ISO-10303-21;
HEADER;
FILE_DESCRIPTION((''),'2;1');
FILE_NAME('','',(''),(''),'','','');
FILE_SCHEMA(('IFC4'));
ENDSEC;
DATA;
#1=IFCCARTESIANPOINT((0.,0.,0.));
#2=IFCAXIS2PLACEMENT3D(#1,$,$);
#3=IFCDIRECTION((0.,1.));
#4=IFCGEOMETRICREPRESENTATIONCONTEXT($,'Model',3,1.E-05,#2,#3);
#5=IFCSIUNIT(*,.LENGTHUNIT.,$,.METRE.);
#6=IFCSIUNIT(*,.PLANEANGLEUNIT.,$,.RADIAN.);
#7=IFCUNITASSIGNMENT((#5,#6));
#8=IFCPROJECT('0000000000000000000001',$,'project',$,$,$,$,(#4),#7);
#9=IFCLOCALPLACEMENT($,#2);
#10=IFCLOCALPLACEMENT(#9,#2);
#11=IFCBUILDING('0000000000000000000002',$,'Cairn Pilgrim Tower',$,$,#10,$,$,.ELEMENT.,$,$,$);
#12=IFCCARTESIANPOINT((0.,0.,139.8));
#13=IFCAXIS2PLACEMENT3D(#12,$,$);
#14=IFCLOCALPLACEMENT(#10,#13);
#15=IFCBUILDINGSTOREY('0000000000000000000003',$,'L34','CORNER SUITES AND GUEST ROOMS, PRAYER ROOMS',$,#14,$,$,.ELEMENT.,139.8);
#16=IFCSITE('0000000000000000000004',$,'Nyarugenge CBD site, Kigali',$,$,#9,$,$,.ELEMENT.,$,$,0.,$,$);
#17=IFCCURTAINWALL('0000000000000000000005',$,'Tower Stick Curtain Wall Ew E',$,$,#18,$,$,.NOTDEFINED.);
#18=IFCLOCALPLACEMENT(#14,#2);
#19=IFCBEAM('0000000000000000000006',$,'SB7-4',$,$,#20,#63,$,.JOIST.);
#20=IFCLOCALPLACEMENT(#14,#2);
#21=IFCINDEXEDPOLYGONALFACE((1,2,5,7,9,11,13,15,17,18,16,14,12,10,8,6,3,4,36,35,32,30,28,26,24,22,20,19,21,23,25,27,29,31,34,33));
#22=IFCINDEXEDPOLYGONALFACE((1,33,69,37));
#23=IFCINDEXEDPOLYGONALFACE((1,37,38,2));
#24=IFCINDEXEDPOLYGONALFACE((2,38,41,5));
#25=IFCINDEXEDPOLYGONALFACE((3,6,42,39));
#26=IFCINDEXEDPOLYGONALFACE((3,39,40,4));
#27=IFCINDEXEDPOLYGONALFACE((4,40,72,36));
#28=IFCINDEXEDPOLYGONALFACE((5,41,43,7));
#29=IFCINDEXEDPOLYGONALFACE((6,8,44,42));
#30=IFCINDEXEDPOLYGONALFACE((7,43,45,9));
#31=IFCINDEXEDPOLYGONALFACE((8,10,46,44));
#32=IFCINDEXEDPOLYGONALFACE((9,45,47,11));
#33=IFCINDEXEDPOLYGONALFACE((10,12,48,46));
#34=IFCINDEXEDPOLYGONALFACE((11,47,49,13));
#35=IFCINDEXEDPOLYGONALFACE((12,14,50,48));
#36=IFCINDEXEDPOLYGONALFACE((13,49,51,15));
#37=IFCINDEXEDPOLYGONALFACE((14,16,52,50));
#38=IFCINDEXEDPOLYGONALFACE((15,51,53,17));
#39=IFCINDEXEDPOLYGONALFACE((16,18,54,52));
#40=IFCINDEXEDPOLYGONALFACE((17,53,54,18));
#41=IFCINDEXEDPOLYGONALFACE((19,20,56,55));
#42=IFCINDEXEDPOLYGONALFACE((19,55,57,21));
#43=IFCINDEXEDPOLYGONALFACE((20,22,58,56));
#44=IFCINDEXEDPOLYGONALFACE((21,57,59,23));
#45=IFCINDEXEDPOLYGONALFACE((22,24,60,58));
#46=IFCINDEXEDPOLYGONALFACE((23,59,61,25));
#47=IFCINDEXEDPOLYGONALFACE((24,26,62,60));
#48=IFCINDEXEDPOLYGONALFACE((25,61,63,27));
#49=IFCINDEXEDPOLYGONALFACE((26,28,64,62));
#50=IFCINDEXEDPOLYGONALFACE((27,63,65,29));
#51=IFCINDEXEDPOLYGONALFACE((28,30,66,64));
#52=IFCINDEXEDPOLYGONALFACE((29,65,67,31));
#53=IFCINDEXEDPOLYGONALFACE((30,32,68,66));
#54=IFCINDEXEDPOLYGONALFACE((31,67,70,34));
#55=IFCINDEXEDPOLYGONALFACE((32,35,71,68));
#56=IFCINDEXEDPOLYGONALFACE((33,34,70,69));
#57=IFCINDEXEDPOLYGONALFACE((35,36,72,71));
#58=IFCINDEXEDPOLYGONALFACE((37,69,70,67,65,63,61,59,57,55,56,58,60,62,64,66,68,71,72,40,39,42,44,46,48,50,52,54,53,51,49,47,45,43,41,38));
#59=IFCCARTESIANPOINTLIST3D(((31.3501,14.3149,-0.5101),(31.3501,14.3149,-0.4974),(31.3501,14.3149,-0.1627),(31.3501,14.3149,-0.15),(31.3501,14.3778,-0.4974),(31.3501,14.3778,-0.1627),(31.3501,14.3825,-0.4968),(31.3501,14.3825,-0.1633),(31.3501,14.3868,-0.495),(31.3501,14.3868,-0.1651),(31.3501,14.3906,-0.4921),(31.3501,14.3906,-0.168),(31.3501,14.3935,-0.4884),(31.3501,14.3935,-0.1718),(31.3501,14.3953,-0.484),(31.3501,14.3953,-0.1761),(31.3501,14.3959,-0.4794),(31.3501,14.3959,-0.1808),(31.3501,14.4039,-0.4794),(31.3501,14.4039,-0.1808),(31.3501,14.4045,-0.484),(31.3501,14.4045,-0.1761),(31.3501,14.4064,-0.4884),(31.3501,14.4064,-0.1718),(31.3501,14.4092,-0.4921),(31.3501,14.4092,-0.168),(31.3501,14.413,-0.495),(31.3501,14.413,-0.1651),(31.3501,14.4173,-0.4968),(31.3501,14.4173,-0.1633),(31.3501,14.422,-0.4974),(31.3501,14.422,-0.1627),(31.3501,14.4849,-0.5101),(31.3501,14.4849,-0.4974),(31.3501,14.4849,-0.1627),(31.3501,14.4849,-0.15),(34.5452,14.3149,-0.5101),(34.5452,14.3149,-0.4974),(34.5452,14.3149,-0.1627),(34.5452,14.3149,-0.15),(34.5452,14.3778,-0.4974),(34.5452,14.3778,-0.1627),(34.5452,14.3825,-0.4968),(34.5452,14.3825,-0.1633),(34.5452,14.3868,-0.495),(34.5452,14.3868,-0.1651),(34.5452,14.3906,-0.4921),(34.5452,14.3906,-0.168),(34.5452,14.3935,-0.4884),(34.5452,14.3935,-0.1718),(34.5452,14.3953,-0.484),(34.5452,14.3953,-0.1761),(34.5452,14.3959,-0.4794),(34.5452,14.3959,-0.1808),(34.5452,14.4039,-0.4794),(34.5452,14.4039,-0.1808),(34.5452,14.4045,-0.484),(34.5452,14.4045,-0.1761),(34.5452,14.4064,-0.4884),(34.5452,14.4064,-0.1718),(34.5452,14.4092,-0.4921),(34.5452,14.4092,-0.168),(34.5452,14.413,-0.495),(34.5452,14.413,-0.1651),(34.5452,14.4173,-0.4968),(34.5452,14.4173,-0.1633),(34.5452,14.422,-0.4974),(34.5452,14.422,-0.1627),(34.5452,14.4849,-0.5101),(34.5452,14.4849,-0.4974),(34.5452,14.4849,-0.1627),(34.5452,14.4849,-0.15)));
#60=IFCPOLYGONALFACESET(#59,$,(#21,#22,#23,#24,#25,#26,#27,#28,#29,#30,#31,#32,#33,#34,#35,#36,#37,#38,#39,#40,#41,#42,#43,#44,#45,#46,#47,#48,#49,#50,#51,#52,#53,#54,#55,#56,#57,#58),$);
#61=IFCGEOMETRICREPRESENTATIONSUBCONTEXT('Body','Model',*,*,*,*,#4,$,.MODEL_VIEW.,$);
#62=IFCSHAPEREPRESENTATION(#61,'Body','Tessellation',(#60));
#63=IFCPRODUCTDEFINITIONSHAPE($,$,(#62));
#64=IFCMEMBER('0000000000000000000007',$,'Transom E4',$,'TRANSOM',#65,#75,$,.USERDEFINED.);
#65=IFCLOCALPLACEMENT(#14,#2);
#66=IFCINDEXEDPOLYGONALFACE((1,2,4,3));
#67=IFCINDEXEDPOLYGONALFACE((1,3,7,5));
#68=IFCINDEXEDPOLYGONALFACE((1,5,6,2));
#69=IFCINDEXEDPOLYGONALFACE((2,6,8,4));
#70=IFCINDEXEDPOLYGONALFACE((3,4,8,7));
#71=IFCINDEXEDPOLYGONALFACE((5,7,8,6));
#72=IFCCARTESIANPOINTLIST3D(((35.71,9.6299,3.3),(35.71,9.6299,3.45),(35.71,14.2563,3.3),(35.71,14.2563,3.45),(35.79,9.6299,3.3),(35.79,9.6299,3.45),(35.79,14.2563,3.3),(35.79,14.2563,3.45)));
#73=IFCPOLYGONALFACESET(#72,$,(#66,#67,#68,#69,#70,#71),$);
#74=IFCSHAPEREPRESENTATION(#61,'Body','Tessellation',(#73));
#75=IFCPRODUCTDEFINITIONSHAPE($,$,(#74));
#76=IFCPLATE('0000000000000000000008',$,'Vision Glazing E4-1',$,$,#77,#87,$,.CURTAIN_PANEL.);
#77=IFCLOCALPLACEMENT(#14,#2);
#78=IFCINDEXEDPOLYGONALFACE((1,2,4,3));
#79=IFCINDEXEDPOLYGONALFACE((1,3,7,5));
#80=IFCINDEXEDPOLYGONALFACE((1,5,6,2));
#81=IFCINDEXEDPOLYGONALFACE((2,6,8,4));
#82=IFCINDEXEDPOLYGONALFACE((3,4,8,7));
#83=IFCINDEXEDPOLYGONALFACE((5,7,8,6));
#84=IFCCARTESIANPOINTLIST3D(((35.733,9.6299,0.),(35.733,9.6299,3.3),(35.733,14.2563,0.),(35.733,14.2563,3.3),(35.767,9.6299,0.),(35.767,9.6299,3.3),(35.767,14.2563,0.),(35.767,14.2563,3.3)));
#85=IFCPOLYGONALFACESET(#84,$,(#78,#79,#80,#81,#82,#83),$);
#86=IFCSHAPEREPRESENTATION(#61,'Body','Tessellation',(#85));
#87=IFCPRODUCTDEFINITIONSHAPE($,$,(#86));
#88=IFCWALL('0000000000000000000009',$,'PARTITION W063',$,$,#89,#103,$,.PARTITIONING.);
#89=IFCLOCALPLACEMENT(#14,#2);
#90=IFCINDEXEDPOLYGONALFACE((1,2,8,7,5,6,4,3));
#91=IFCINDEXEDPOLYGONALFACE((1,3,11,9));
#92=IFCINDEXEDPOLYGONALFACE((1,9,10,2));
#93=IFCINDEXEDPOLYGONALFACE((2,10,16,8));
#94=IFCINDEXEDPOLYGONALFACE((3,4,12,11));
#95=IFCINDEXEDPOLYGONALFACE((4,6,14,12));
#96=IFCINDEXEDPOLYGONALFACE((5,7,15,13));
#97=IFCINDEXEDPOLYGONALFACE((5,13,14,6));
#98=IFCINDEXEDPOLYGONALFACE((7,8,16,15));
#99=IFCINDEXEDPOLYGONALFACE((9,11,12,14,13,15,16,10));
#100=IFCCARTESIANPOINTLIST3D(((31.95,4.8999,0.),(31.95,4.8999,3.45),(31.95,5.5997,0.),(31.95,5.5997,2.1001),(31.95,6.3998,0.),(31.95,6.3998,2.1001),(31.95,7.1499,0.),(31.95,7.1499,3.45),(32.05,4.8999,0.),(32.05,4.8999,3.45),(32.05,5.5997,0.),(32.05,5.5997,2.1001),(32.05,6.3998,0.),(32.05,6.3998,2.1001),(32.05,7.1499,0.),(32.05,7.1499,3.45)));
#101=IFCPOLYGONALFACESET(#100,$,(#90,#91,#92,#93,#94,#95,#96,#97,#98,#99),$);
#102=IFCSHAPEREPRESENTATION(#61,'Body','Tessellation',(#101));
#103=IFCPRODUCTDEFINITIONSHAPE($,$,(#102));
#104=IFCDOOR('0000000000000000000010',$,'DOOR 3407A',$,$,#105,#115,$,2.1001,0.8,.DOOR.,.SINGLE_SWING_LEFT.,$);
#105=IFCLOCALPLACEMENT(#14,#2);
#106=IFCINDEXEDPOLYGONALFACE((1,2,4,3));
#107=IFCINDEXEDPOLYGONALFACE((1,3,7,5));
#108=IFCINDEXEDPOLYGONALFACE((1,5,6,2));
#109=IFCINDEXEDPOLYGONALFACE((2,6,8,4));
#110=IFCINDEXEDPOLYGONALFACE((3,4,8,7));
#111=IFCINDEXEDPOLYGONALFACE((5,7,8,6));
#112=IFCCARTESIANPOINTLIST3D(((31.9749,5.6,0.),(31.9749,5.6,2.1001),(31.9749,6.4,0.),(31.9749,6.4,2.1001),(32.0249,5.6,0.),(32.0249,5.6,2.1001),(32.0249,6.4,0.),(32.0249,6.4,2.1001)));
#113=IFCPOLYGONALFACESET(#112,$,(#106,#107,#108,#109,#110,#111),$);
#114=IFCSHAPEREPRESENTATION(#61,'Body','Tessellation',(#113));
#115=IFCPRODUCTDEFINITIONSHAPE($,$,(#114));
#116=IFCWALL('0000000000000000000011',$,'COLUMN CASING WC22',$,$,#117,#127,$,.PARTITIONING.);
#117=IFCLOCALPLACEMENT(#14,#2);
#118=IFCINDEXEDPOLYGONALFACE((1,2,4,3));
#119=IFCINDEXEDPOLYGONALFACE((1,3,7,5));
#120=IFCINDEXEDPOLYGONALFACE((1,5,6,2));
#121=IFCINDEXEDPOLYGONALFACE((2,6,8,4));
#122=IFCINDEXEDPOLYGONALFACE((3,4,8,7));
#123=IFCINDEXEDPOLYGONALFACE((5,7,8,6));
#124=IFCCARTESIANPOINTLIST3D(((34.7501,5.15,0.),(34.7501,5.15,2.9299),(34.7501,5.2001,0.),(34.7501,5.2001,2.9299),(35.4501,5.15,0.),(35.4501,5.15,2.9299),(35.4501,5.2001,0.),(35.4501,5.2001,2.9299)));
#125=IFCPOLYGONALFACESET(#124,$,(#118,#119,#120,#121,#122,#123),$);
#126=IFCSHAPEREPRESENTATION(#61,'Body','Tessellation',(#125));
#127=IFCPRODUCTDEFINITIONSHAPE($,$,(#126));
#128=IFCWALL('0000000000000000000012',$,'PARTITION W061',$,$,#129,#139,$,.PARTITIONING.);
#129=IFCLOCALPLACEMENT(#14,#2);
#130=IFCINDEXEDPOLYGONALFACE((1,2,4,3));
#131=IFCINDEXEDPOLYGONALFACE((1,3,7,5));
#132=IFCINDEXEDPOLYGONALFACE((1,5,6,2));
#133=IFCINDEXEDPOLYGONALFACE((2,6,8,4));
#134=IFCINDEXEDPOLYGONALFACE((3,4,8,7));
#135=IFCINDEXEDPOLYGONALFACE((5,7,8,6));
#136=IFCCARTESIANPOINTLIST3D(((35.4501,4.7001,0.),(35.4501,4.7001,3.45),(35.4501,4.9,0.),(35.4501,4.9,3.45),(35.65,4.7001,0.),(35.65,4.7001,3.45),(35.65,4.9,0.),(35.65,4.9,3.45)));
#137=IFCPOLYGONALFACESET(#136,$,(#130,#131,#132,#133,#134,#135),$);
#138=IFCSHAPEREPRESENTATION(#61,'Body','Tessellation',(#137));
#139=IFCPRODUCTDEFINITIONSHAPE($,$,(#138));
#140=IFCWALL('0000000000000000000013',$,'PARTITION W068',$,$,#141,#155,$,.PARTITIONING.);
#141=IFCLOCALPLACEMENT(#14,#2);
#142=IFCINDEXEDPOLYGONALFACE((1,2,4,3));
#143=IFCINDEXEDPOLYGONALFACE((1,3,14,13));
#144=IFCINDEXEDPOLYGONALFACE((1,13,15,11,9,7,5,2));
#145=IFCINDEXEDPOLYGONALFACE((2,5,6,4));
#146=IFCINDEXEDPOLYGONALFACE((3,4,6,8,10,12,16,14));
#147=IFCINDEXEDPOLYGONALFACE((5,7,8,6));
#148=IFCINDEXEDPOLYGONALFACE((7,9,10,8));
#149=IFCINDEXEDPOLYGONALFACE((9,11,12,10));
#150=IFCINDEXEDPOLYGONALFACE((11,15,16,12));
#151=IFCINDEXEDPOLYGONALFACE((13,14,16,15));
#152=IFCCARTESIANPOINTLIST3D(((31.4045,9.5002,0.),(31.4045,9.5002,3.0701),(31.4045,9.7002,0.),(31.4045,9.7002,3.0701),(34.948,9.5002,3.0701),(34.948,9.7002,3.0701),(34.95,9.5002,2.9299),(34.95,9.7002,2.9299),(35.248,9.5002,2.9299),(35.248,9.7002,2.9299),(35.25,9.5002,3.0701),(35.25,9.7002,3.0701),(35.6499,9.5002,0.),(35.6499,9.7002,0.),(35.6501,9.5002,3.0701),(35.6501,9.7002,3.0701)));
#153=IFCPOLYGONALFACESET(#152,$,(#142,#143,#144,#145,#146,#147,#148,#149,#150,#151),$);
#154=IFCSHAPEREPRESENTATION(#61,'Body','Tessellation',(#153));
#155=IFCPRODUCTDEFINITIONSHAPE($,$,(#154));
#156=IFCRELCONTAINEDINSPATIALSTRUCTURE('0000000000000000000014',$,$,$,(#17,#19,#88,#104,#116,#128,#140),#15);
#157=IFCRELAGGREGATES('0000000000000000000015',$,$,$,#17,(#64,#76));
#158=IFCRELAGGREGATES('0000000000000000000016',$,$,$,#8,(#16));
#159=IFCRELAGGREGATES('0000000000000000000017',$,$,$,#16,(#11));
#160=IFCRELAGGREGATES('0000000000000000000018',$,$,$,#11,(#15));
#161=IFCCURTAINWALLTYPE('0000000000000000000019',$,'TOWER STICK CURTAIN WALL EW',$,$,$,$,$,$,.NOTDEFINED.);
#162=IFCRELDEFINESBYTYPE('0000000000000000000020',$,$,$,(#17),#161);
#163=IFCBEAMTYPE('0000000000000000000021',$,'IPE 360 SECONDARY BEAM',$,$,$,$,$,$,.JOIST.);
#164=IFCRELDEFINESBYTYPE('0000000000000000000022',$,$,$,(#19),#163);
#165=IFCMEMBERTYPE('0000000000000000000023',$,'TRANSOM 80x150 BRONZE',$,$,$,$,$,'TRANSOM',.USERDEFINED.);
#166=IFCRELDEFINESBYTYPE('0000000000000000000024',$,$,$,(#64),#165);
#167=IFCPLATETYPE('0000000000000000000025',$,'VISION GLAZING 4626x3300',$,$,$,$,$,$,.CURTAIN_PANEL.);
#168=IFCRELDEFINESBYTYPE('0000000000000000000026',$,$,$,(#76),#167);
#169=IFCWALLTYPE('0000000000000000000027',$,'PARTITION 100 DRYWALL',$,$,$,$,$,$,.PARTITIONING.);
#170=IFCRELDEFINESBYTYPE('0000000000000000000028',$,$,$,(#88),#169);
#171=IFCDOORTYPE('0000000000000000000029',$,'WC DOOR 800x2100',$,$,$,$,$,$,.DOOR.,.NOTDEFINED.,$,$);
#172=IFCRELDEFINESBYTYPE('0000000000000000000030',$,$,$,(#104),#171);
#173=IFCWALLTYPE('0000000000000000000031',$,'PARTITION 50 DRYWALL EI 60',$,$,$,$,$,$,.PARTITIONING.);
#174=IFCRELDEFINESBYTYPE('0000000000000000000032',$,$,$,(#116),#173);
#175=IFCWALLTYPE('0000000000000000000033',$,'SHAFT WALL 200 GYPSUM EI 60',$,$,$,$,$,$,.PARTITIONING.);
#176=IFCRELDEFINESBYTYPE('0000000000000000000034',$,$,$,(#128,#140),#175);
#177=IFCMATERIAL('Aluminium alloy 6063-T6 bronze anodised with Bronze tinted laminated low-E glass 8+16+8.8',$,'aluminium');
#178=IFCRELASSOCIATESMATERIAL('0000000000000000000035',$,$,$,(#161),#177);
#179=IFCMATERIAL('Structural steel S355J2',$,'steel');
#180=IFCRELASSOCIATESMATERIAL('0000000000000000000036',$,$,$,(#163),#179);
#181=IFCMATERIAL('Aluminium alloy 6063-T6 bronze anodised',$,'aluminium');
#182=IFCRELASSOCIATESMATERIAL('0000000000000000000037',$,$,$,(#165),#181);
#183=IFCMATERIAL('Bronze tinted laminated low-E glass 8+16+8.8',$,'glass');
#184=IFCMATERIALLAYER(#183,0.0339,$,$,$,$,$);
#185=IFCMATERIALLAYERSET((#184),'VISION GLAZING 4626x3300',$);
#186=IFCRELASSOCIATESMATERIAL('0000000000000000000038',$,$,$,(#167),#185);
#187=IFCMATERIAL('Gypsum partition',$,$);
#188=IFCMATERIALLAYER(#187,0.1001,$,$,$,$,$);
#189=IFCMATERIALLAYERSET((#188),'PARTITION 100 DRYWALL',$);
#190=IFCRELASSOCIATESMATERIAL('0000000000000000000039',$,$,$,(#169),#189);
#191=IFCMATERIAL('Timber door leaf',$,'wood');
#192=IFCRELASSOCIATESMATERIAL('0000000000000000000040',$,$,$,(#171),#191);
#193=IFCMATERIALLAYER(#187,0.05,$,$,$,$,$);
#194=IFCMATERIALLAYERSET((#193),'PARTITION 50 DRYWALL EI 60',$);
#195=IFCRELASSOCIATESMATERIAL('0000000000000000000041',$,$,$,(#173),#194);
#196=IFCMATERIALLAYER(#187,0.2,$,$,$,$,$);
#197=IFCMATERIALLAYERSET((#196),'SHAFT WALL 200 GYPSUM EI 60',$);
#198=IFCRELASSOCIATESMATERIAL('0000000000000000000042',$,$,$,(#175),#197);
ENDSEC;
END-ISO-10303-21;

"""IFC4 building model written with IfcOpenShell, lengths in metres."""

from ifc_helpers import new_model, si_unit, direction, frame, frame_2d, origin, origin_2d, place, context, subcontext, project, spatial, polyline, rectangle, i_section, outline, extrude, material, layer, layer_set, material_profile, profile_set, type_object, element, fill, aggregate, save


model = new_model("IFC4")

# Units and contexts
model_context = context("Model", 3, precision=1e-05, world=origin(), true_north=direction((0.0, 1.0)))
body_context = subcontext(model_context, "Body", "Model", "MODEL_VIEW")
ifc_project = project(units=[si_unit("LENGTHUNIT", "METRE"), si_unit("PLANEANGLEUNIT", "RADIAN")], contexts=[model_context])

# Site, building, storey
site_placement = place(None, origin())
site = spatial("IfcSite", under=ifc_project, at=site_placement, Name="Nyarugenge CBD site, Kigali", CompositionType="ELEMENT", RefElevation=0.0)
building_placement = place(site_placement, origin())
building = spatial("IfcBuilding", under=site, at=building_placement, Name="Cairn Pilgrim Tower", CompositionType="ELEMENT")
storey_placement = place(building_placement, frame((0.0, 0.0, 139.8)))
storey = spatial("IfcBuildingStorey", under=building, at=storey_placement, Name="L34", Description="CORNER SUITES AND GUEST ROOMS, PRAYER ROOMS", CompositionType="ELEMENT", Elevation=139.8)

# Curtain wall
ifc_material_1 = material(Name="Aluminium alloy 6063-T6 bronze anodised with Bronze tinted laminated low-E glass 8+16+8.8", Category="aluminium")
curtain_wall_type_1 = type_object("IfcCurtainWallType", Name="TOWER STICK CURTAIN WALL EW", PredefinedType="NOTDEFINED", material=ifc_material_1)
curtain_wall_1_placement = place(storey_placement, origin())
curtain_wall_1 = element("IfcCurtainWall", 1, at=curtain_wall_1_placement, inside=storey, type_object=curtain_wall_type_1, Name="Tower Stick Curtain Wall Ew E", PredefinedType="NOTDEFINED")
ifc_material_2 = material(Name="Aluminium alloy 6063-T6 bronze anodised", Category="aluminium")

# Beam
ifc_material_3 = material(Name="Structural steel S355J2", Category="steel")
ifc_material_profile_1 = material_profile(ifc_material_3, i_section(OverallWidth=0.1699, OverallDepth=0.3601, WebThickness=0.0081, FlangeThickness=0.0127, FilletRadius=0.0181, at=origin_2d()), Name="IPE 360")
ifc_profile_set_1 = profile_set([ifc_material_profile_1], Name="Structural steel S355J2")
beam_type_1 = type_object("IfcBeamType", Name="IPE 360 SECONDARY BEAM", PredefinedType="JOIST", material=ifc_profile_set_1)
beam_1_placement = place(storey_placement, frame((31.3501, 14.3999, -0.3301), z_axis=(1.0, 0.0, 0.0), x_axis=(0.0, 1.0, 0.0)))
element("IfcBeam", 2, at=beam_1_placement, inside=storey, type_object=beam_type_1, Name="SB7-4", PredefinedType="JOIST", context=body_context, shape_type="SweptSolid", body=[
    extrude(i_section(OverallWidth=0.1699, OverallDepth=0.3601, WebThickness=0.0081, FlangeThickness=0.0127, FilletRadius=0.0181, at=origin_2d()), origin(), (0.0, 0.0, 1.0), 3.1951),
])

# Member
ifc_material_profile_2 = material_profile(ifc_material_2, rectangle(XDim=0.0801, YDim=0.1499, at=origin_2d()), Name="TRANSOM 80x150 BRONZE")
ifc_profile_set_2 = profile_set([ifc_material_profile_2], Name="Aluminium alloy 6063-T6 bronze anodised")
member_type_1 = type_object("IfcMemberType", Name="TRANSOM 80x150 BRONZE", ElementType="TRANSOM", PredefinedType="USERDEFINED", material=ifc_profile_set_2)
member_1_placement = place(storey_placement, frame((35.75, 9.6299, 3.375), z_axis=(0.0, 1.0, 0.0), x_axis=(-1.0, 0.0, 0.0)))
member_1 = element("IfcMember", 3, at=member_1_placement, type_object=member_type_1, Name="Transom E4", ObjectType="TRANSOM", PredefinedType="USERDEFINED", context=body_context, shape_type="SweptSolid", body=[
    extrude(rectangle(XDim=0.0801, YDim=0.1499, at=origin_2d()), origin(), (0.0, 0.0, 1.0), 4.6265),
])

# Plate
ifc_material_4 = material(Name="Bronze tinted laminated low-E glass 8+16+8.8", Category="glass")
ifc_layer_1 = layer(ifc_material_4, 0.0339)
ifc_layer_set_1 = layer_set([ifc_layer_1], Name="VISION GLAZING 4626x3300")
plate_type = type_object("IfcPlateType", Name="VISION GLAZING 4626x3300", PredefinedType="CURTAIN_PANEL", material=ifc_layer_set_1)
plate_placement = place(storey_placement, frame((35.75, 11.9431, 0.0), z_axis=(0.0, 0.0, 1.0), x_axis=(0.0, 1.0, 0.0)))
plate = element("IfcPlate", 4, at=plate_placement, type_object=plate_type, Name="Vision Glazing E4-1", PredefinedType="CURTAIN_PANEL", context=body_context, shape_type="SweptSolid", body=[
    extrude(rectangle(XDim=4.6265, YDim=0.0339, at=origin_2d()), origin(), (0.0, 0.0, 1.0), 3.3),
])
aggregate(curtain_wall_1, [member_1, plate])

# Wall, opening, door
ifc_material_5 = material(Name="Gypsum partition")
ifc_layer_2 = layer(ifc_material_5, 0.1001)
ifc_layer_set_2 = layer_set([ifc_layer_2], Name="PARTITION 100 DRYWALL")
wall_type_1 = type_object("IfcWallType", Name="PARTITION 100 DRYWALL", PredefinedType="PARTITIONING", material=ifc_layer_set_2)
wall_1_placement = place(storey_placement, frame((32.0, 4.8999, 0.0), z_axis=(0.0, 0.0, 1.0), x_axis=(0.0, 1.0, 0.0)))
wall_1 = element("IfcWall", 5, at=wall_1_placement, inside=storey, type_object=wall_type_1, Name="PARTITION W063", PredefinedType="PARTITIONING", context=body_context, shape_type="SweptSolid", body=[
    extrude(rectangle(XDim=2.25, YDim=0.1001, at=frame_2d((1.125, 0.0))), origin(), (0.0, 0.0, 1.0), 3.45),
])
opening_1_placement = place(wall_1_placement, frame((0.7, 0.0, 0.0)))
opening_1 = element("IfcOpeningElement", 6, at=opening_1_placement, cuts=wall_1, PredefinedType="OPENING", context=body_context, shape_type="SweptSolid", body=[
    extrude(rectangle(XDim=0.8, YDim=2.1001, at=frame_2d((0.3999, 1.05))), frame((0.0, 0.0601, 0.0), z_axis=(0.0, -1.0, 0.0), x_axis=(1.0, 0.0, 0.0)), (0.0, 0.0, 1.0), 0.1201),
])
ifc_material_6 = material(Name="Timber door leaf", Category="wood")
door_type_1 = type_object("IfcDoorType", Name="WC DOOR 800x2100", OperationType="NOTDEFINED", PredefinedType="DOOR", material=ifc_material_6)
door_1_placement = place(opening_1_placement, frame((0.8, 0.0, 0.0), z_axis=(0.0, 0.0, 1.0), x_axis=(-1.0, 0.0, 0.0)))
door_1 = element("IfcDoor", 7, at=door_1_placement, inside=storey, type_object=door_type_1, Name="DOOR 3407A", OperationType="SINGLE_SWING_LEFT", OverallHeight=2.1001, OverallWidth=0.8, PredefinedType="DOOR", context=body_context, shape_type="SweptSolid", body=[
    extrude(rectangle(XDim=0.8, YDim=2.1001, at=frame_2d((0.3999, 1.05))), frame((0.0, 0.0249, 0.0), z_axis=(0.0, -1.0, 0.0), x_axis=(1.0, 0.0, 0.0)), (0.0, 0.0, 1.0), 0.05),
])
fill(opening_1, door_1)

# Walls
ifc_layer_3 = layer(ifc_material_5, 0.05)
ifc_layer_set_3 = layer_set([ifc_layer_3], Name="PARTITION 50 DRYWALL EI 60")
wall_type_2 = type_object("IfcWallType", Name="PARTITION 50 DRYWALL EI 60", PredefinedType="PARTITIONING", material=ifc_layer_set_3)
wall_2_placement = place(storey_placement, frame((34.75, 5.175, 0.0), z_axis=(0.0, 0.0, 1.0), x_axis=(1.0, 0.0, 0.0)))
element("IfcWall", 8, at=wall_2_placement, inside=storey, type_object=wall_type_2, Name="COLUMN CASING WC22", PredefinedType="PARTITIONING", context=body_context, shape_type="SweptSolid", body=[
    extrude(rectangle(XDim=0.7, YDim=0.05, at=frame_2d((0.3501, 0.0))), origin(), (0.0, 0.0, 1.0), 2.9299),
])
ifc_layer_4 = layer(ifc_material_5, 0.2)
ifc_layer_set_4 = layer_set([ifc_layer_4], Name="SHAFT WALL 200 GYPSUM EI 60")
wall_type_3 = type_object("IfcWallType", Name="SHAFT WALL 200 GYPSUM EI 60", PredefinedType="PARTITIONING", material=ifc_layer_set_4)
wall_3_placement = place(storey_placement, frame((35.45, 4.8, 0.0), z_axis=(0.0, 0.0, 1.0), x_axis=(1.0, 0.0, 0.0)))
element("IfcWall", 9, at=wall_3_placement, inside=storey, type_object=wall_type_3, Name="PARTITION W061", PredefinedType="PARTITIONING", context=body_context, shape_type="SweptSolid", body=[
    extrude(rectangle(XDim=0.2, YDim=0.2, at=frame_2d((0.1001, 0.0))), origin(), (0.0, 0.0, 1.0), 3.45),
])
wall_4_placement = place(storey_placement, frame((31.4045, 9.6001, 0.0), z_axis=(0.0, 0.0, 1.0), x_axis=(1.0, 0.0, 0.0)))
element("IfcWall", 10, at=wall_4_placement, inside=storey, type_object=wall_type_3, Name="PARTITION W068", PredefinedType="PARTITIONING", context=body_context, shape_type="SweptSolid", body=[
    extrude(outline(polyline([(0.0, 0.0), (4.2454, 0.0), (4.2456, 3.0701), (3.8455, 3.0701), (3.8435, 2.9299), (3.5454, 2.9299), (3.5435, 3.0701), (0.0, 3.0701), (0.0, 0.0)])), frame((0.0, 0.1001, 0.0), z_axis=(0.0, -1.0, 0.0), x_axis=(1.0, 0.0, 0.0)), (0.0, 0.0, 1.0), 0.2),
])

save(model, "model.ifc")
